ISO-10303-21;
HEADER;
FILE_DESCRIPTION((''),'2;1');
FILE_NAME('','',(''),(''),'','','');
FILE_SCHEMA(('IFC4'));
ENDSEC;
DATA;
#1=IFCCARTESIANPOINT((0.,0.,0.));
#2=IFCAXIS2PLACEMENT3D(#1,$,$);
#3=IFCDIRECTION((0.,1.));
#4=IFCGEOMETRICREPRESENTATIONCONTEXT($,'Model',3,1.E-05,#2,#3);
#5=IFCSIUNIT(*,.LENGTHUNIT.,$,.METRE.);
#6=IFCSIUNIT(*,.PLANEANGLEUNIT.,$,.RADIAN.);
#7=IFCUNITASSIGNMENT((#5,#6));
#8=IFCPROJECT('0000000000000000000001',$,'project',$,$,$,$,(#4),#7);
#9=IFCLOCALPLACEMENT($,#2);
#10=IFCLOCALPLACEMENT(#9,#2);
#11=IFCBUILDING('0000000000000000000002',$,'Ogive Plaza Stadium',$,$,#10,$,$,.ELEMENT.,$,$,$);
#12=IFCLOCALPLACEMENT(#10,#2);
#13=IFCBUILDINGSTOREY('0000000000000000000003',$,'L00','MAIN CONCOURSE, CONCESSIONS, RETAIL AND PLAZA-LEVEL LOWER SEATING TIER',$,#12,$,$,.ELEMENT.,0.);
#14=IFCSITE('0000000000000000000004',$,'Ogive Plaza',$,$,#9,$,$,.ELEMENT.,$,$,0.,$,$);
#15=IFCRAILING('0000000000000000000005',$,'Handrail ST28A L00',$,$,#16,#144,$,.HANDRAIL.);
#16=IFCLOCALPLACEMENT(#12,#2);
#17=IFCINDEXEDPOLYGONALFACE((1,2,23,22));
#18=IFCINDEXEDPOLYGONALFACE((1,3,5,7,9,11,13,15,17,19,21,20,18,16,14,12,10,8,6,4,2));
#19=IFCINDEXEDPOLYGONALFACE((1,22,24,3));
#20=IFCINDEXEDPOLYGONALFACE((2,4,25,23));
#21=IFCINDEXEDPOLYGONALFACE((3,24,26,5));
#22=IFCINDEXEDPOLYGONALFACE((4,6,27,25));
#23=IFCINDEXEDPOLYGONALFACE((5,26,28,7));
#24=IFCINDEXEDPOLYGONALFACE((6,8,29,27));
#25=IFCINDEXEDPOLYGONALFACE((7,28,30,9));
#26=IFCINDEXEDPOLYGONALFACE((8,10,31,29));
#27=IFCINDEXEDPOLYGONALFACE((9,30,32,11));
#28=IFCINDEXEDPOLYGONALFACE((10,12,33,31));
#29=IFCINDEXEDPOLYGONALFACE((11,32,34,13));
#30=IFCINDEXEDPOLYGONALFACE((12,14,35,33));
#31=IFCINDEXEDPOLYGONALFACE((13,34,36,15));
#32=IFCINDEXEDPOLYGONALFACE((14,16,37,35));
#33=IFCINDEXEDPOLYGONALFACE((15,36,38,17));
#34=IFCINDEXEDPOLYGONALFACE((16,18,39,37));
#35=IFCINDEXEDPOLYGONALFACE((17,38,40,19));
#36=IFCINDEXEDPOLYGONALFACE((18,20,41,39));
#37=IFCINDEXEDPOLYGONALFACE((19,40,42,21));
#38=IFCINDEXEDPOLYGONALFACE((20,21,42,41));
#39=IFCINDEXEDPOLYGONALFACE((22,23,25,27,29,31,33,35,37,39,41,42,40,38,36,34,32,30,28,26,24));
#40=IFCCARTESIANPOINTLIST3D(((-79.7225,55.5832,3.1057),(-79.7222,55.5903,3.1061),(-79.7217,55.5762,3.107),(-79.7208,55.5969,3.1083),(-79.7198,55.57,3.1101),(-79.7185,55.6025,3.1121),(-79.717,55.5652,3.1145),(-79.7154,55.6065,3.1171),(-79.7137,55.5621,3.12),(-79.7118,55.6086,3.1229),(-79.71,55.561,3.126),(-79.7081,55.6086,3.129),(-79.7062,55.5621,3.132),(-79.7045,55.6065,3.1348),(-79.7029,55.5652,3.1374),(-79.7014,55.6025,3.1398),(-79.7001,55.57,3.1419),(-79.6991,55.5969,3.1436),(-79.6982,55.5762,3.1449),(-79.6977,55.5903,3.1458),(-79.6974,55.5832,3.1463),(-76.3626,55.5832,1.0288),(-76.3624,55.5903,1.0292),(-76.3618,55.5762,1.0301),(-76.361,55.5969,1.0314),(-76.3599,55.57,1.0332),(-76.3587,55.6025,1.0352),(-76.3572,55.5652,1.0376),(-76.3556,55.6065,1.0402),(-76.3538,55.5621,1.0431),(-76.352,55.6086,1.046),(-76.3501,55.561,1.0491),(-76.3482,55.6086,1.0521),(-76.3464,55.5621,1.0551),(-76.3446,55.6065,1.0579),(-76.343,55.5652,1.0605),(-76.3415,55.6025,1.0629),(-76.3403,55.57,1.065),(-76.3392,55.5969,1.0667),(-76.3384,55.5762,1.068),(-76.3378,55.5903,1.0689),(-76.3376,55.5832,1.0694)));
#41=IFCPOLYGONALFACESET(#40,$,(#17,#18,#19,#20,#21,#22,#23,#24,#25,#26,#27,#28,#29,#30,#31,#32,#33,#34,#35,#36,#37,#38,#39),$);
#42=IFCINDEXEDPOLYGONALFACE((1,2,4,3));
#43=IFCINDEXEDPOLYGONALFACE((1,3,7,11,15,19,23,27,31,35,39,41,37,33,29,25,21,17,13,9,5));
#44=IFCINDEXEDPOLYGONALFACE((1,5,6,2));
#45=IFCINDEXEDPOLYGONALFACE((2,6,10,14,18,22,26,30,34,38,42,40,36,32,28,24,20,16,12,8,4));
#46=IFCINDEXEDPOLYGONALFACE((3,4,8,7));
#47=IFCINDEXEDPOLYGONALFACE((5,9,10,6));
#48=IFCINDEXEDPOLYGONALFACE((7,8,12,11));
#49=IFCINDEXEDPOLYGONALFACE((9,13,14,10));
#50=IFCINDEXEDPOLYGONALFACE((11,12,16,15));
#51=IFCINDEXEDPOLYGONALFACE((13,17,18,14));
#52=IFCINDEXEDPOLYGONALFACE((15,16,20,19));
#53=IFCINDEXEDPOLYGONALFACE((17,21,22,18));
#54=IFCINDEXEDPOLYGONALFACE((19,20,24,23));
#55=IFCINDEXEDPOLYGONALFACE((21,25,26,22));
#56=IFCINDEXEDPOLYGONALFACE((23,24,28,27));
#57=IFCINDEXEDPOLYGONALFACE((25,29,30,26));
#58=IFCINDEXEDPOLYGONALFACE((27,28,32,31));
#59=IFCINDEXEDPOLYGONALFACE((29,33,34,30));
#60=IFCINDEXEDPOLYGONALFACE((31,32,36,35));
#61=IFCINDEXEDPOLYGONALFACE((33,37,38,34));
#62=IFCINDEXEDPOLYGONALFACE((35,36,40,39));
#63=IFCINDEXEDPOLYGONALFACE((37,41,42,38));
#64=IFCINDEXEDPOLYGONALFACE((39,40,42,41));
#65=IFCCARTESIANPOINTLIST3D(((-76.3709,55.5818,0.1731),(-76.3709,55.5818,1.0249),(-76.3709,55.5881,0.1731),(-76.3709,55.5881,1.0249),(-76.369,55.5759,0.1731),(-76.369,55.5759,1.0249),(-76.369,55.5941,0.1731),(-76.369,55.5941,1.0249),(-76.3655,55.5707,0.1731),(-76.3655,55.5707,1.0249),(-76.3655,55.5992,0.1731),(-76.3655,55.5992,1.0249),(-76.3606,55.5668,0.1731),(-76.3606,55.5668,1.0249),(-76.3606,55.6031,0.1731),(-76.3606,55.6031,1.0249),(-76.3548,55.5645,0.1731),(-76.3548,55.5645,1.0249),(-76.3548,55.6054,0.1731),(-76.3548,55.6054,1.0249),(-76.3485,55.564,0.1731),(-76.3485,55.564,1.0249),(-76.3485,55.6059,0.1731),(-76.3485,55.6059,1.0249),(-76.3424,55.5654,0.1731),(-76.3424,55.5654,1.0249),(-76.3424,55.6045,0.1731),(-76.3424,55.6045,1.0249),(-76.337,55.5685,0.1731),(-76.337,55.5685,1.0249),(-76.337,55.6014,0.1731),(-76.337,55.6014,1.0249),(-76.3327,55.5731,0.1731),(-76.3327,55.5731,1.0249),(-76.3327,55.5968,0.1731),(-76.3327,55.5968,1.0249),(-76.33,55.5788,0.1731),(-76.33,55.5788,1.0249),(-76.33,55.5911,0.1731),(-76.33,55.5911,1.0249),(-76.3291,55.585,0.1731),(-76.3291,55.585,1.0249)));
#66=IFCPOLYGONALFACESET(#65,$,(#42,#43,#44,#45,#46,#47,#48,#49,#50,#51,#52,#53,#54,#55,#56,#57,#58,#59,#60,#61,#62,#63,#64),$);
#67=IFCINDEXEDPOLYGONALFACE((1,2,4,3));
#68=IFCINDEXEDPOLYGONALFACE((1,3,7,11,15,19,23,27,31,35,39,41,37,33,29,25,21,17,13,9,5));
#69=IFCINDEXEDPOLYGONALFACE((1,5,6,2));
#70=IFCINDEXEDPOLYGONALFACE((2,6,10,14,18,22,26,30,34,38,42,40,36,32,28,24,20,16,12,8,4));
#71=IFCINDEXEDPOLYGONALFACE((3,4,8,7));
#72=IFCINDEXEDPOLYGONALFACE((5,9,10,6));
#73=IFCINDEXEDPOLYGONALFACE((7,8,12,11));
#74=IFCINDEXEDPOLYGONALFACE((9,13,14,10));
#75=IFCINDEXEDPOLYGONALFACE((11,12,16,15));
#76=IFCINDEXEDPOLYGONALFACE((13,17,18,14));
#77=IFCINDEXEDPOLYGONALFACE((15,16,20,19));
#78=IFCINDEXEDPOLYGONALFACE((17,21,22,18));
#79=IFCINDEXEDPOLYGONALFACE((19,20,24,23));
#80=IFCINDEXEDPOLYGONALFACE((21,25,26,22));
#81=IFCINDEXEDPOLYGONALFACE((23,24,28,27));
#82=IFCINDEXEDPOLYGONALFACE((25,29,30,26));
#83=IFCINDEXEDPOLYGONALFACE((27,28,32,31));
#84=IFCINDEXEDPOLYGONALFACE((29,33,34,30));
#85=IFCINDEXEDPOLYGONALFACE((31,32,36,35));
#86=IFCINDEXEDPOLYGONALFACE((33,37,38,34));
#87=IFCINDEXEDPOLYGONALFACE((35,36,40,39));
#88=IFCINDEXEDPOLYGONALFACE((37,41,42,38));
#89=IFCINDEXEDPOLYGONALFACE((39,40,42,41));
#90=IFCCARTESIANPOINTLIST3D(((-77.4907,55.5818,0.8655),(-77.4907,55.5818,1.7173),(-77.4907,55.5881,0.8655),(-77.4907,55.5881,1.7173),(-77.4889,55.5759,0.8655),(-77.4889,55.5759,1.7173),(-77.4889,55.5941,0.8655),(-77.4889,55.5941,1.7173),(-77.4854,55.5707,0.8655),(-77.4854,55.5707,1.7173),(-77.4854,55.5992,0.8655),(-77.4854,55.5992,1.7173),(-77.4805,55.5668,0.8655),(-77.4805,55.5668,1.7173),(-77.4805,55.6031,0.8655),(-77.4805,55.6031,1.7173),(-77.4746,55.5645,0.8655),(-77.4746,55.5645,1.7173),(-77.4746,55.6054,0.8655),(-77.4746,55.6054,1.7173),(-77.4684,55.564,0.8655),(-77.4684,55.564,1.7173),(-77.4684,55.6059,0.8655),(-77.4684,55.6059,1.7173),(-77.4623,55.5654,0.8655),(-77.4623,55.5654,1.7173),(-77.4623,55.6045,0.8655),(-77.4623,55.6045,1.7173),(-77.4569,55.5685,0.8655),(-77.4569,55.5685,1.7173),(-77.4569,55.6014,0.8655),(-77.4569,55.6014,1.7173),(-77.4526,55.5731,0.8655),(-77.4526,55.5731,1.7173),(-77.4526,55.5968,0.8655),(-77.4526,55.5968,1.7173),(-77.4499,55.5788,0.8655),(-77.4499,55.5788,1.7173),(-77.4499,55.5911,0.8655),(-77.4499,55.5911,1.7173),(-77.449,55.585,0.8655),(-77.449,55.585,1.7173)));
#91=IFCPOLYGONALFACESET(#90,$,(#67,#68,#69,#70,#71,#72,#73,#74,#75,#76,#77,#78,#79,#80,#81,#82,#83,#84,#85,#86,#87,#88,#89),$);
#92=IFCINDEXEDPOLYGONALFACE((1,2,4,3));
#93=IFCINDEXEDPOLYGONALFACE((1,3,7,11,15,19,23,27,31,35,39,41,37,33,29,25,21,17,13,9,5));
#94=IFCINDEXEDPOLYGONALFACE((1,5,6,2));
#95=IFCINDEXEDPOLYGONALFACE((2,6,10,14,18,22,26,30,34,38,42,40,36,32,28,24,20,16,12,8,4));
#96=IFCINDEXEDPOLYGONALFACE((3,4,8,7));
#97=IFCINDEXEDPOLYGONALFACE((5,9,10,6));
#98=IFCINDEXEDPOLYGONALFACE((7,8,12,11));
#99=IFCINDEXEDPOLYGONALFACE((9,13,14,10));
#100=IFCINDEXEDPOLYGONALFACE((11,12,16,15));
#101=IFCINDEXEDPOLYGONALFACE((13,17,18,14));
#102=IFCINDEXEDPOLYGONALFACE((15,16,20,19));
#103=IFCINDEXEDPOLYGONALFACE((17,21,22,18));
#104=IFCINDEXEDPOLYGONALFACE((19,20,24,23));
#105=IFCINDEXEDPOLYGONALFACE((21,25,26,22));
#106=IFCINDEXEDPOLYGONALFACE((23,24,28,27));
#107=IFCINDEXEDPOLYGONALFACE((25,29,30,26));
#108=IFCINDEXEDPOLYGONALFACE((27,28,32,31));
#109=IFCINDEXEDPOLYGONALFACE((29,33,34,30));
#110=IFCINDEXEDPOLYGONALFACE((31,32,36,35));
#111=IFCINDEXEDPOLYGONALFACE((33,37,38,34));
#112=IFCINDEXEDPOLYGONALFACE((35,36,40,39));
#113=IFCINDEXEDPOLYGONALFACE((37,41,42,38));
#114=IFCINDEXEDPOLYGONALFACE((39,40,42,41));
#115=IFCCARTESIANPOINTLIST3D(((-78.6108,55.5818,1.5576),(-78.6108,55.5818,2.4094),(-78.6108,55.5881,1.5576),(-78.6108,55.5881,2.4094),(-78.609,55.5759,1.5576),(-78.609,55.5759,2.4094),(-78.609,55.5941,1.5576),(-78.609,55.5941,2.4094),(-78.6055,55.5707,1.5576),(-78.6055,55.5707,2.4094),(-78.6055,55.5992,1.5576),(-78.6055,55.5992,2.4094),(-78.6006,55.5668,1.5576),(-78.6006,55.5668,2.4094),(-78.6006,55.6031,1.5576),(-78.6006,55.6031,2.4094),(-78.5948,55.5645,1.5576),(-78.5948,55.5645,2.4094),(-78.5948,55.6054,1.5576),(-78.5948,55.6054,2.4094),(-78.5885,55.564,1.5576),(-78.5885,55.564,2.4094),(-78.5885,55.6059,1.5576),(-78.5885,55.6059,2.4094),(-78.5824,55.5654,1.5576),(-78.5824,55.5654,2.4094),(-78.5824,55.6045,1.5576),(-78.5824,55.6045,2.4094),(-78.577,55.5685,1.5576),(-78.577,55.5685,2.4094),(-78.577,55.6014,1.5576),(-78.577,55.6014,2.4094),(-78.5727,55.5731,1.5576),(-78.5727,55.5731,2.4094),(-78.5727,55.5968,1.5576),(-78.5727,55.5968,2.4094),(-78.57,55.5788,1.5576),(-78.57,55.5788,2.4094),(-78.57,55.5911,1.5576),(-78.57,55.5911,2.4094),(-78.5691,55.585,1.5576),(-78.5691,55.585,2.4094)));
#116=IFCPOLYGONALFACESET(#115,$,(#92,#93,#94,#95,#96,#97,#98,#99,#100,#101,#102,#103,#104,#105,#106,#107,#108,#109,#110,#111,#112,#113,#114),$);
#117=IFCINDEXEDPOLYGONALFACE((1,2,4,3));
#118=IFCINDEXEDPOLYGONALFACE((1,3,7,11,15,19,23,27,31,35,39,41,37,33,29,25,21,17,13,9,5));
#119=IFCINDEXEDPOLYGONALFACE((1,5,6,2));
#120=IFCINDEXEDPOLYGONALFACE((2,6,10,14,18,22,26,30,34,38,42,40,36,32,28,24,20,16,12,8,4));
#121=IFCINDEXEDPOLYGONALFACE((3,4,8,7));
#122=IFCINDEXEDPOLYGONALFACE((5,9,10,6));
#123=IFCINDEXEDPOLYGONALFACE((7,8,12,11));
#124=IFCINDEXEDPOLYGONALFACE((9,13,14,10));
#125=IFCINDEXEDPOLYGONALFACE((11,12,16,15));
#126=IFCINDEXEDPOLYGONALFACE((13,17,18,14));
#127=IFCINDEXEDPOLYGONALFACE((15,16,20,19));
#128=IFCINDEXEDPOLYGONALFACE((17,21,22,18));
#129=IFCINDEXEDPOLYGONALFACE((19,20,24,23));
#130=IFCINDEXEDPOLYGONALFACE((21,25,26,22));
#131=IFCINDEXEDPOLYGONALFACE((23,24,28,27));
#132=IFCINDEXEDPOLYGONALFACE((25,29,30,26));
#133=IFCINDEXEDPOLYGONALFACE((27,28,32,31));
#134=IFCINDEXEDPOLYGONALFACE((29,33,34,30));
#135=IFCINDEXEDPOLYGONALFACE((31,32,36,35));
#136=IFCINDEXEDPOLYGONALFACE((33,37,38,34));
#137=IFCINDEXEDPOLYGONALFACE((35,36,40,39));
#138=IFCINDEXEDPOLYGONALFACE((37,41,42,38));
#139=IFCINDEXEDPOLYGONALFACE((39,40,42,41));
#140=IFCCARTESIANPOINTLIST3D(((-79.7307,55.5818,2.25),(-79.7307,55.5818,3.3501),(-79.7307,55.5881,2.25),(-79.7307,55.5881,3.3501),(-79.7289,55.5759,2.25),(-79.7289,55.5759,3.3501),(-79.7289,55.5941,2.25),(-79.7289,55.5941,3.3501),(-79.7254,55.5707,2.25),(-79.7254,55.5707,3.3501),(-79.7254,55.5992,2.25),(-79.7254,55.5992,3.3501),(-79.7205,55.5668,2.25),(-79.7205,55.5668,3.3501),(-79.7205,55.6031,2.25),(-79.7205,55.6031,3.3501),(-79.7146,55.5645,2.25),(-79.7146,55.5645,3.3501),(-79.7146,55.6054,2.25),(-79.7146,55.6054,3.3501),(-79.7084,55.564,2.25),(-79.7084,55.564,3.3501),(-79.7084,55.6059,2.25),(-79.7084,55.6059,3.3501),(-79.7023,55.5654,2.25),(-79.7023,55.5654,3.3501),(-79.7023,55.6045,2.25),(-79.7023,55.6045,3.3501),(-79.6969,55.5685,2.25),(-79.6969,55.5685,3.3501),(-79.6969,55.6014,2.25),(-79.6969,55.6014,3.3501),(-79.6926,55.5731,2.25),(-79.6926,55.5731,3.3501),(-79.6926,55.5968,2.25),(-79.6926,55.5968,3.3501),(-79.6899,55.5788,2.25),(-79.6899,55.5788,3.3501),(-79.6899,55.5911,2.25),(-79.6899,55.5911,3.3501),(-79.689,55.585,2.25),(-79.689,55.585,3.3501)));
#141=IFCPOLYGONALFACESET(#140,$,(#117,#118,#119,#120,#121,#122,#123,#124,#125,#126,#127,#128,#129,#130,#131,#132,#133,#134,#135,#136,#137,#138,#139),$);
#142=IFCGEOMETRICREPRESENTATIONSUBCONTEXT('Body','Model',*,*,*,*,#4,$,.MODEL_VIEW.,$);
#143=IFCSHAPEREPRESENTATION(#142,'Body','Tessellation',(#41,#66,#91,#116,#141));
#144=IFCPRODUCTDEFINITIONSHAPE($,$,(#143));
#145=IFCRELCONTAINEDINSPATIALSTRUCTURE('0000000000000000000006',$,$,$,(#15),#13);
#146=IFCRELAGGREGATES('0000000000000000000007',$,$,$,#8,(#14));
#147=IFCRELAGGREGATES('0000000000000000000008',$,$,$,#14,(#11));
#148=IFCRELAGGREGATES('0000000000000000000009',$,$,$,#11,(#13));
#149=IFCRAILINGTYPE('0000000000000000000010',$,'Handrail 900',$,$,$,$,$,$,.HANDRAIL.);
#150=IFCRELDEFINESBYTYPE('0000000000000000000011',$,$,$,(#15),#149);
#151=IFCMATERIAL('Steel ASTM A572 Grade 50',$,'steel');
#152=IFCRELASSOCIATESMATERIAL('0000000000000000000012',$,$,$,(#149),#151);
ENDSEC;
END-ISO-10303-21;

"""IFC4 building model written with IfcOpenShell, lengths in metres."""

from ifc_helpers import new_model, si_unit, direction, frame, origin, origin_2d, place, context, subcontext, project, spatial, circle, extrude, material, type_object, element, save


model = new_model("IFC4")

# Units and contexts
model_context = context("Model", 3, precision=1e-05, world=origin(), true_north=direction((0.0, 1.0)))
body_context = subcontext(model_context, "Body", "Model", "MODEL_VIEW")
ifc_project = project(units=[si_unit("LENGTHUNIT", "METRE"), si_unit("PLANEANGLEUNIT", "RADIAN")], contexts=[model_context])

# Site, building, storey
site_placement = place(None, origin())
site = spatial("IfcSite", under=ifc_project, at=site_placement, Name="Ogive Plaza", CompositionType="ELEMENT", RefElevation=0.0)
building_placement = place(site_placement, origin())
building = spatial("IfcBuilding", under=site, at=building_placement, Name="Ogive Plaza Stadium", CompositionType="ELEMENT")
storey_placement = place(building_placement, origin())
storey = spatial("IfcBuildingStorey", under=building, at=storey_placement, Name="L00", Description="MAIN CONCOURSE, CONCESSIONS, RETAIL AND PLAZA-LEVEL LOWER SEATING TIER", CompositionType="ELEMENT", Elevation=0.0)

# Railing
ifc_material_1 = material(Name="Steel ASTM A572 Grade 50", Category="steel")
railing_type_1 = type_object("IfcRailingType", Name="Handrail 900", PredefinedType="HANDRAIL", material=ifc_material_1)
for number, where, name in (
    (1, (-76.3501, 55.585, 0.1731), "Handrail ST28A L00"),
):
    element("IfcRailing", number, at=place(storey_placement, frame(where)), inside=storey, type_object=railing_type_1, Name=name, PredefinedType="HANDRAIL", context=body_context, shape_type="SweptSolid", body=[
        extrude(circle(Radius=0.0239, at=origin_2d()), frame((0.0, 0.0, 0.876), z_axis=(-0.850606, 0.0, 0.525803), x_axis=(0.0, -1.0, 0.0)), (0.0, 0.0, 1.0), 3.95),
        extrude(circle(Radius=0.021, at=origin_2d()), origin(), (0.0, 0.0, 1.0), 0.8518),
        extrude(circle(Radius=0.021, at=origin_2d()), frame((-1.1199, 0.0, 0.6924)), (0.0, 0.0, 1.0), 0.8518),
        extrude(circle(Radius=0.021, at=origin_2d()), frame((-2.24, 0.0, 1.3845)), (0.0, 0.0, 1.0), 0.8518),
        extrude(circle(Radius=0.021, at=origin_2d()), frame((-3.3599, 0.0, 2.0769)), (0.0, 0.0, 1.0), 1.1001),
    ])

save(model, "model.ifc")
